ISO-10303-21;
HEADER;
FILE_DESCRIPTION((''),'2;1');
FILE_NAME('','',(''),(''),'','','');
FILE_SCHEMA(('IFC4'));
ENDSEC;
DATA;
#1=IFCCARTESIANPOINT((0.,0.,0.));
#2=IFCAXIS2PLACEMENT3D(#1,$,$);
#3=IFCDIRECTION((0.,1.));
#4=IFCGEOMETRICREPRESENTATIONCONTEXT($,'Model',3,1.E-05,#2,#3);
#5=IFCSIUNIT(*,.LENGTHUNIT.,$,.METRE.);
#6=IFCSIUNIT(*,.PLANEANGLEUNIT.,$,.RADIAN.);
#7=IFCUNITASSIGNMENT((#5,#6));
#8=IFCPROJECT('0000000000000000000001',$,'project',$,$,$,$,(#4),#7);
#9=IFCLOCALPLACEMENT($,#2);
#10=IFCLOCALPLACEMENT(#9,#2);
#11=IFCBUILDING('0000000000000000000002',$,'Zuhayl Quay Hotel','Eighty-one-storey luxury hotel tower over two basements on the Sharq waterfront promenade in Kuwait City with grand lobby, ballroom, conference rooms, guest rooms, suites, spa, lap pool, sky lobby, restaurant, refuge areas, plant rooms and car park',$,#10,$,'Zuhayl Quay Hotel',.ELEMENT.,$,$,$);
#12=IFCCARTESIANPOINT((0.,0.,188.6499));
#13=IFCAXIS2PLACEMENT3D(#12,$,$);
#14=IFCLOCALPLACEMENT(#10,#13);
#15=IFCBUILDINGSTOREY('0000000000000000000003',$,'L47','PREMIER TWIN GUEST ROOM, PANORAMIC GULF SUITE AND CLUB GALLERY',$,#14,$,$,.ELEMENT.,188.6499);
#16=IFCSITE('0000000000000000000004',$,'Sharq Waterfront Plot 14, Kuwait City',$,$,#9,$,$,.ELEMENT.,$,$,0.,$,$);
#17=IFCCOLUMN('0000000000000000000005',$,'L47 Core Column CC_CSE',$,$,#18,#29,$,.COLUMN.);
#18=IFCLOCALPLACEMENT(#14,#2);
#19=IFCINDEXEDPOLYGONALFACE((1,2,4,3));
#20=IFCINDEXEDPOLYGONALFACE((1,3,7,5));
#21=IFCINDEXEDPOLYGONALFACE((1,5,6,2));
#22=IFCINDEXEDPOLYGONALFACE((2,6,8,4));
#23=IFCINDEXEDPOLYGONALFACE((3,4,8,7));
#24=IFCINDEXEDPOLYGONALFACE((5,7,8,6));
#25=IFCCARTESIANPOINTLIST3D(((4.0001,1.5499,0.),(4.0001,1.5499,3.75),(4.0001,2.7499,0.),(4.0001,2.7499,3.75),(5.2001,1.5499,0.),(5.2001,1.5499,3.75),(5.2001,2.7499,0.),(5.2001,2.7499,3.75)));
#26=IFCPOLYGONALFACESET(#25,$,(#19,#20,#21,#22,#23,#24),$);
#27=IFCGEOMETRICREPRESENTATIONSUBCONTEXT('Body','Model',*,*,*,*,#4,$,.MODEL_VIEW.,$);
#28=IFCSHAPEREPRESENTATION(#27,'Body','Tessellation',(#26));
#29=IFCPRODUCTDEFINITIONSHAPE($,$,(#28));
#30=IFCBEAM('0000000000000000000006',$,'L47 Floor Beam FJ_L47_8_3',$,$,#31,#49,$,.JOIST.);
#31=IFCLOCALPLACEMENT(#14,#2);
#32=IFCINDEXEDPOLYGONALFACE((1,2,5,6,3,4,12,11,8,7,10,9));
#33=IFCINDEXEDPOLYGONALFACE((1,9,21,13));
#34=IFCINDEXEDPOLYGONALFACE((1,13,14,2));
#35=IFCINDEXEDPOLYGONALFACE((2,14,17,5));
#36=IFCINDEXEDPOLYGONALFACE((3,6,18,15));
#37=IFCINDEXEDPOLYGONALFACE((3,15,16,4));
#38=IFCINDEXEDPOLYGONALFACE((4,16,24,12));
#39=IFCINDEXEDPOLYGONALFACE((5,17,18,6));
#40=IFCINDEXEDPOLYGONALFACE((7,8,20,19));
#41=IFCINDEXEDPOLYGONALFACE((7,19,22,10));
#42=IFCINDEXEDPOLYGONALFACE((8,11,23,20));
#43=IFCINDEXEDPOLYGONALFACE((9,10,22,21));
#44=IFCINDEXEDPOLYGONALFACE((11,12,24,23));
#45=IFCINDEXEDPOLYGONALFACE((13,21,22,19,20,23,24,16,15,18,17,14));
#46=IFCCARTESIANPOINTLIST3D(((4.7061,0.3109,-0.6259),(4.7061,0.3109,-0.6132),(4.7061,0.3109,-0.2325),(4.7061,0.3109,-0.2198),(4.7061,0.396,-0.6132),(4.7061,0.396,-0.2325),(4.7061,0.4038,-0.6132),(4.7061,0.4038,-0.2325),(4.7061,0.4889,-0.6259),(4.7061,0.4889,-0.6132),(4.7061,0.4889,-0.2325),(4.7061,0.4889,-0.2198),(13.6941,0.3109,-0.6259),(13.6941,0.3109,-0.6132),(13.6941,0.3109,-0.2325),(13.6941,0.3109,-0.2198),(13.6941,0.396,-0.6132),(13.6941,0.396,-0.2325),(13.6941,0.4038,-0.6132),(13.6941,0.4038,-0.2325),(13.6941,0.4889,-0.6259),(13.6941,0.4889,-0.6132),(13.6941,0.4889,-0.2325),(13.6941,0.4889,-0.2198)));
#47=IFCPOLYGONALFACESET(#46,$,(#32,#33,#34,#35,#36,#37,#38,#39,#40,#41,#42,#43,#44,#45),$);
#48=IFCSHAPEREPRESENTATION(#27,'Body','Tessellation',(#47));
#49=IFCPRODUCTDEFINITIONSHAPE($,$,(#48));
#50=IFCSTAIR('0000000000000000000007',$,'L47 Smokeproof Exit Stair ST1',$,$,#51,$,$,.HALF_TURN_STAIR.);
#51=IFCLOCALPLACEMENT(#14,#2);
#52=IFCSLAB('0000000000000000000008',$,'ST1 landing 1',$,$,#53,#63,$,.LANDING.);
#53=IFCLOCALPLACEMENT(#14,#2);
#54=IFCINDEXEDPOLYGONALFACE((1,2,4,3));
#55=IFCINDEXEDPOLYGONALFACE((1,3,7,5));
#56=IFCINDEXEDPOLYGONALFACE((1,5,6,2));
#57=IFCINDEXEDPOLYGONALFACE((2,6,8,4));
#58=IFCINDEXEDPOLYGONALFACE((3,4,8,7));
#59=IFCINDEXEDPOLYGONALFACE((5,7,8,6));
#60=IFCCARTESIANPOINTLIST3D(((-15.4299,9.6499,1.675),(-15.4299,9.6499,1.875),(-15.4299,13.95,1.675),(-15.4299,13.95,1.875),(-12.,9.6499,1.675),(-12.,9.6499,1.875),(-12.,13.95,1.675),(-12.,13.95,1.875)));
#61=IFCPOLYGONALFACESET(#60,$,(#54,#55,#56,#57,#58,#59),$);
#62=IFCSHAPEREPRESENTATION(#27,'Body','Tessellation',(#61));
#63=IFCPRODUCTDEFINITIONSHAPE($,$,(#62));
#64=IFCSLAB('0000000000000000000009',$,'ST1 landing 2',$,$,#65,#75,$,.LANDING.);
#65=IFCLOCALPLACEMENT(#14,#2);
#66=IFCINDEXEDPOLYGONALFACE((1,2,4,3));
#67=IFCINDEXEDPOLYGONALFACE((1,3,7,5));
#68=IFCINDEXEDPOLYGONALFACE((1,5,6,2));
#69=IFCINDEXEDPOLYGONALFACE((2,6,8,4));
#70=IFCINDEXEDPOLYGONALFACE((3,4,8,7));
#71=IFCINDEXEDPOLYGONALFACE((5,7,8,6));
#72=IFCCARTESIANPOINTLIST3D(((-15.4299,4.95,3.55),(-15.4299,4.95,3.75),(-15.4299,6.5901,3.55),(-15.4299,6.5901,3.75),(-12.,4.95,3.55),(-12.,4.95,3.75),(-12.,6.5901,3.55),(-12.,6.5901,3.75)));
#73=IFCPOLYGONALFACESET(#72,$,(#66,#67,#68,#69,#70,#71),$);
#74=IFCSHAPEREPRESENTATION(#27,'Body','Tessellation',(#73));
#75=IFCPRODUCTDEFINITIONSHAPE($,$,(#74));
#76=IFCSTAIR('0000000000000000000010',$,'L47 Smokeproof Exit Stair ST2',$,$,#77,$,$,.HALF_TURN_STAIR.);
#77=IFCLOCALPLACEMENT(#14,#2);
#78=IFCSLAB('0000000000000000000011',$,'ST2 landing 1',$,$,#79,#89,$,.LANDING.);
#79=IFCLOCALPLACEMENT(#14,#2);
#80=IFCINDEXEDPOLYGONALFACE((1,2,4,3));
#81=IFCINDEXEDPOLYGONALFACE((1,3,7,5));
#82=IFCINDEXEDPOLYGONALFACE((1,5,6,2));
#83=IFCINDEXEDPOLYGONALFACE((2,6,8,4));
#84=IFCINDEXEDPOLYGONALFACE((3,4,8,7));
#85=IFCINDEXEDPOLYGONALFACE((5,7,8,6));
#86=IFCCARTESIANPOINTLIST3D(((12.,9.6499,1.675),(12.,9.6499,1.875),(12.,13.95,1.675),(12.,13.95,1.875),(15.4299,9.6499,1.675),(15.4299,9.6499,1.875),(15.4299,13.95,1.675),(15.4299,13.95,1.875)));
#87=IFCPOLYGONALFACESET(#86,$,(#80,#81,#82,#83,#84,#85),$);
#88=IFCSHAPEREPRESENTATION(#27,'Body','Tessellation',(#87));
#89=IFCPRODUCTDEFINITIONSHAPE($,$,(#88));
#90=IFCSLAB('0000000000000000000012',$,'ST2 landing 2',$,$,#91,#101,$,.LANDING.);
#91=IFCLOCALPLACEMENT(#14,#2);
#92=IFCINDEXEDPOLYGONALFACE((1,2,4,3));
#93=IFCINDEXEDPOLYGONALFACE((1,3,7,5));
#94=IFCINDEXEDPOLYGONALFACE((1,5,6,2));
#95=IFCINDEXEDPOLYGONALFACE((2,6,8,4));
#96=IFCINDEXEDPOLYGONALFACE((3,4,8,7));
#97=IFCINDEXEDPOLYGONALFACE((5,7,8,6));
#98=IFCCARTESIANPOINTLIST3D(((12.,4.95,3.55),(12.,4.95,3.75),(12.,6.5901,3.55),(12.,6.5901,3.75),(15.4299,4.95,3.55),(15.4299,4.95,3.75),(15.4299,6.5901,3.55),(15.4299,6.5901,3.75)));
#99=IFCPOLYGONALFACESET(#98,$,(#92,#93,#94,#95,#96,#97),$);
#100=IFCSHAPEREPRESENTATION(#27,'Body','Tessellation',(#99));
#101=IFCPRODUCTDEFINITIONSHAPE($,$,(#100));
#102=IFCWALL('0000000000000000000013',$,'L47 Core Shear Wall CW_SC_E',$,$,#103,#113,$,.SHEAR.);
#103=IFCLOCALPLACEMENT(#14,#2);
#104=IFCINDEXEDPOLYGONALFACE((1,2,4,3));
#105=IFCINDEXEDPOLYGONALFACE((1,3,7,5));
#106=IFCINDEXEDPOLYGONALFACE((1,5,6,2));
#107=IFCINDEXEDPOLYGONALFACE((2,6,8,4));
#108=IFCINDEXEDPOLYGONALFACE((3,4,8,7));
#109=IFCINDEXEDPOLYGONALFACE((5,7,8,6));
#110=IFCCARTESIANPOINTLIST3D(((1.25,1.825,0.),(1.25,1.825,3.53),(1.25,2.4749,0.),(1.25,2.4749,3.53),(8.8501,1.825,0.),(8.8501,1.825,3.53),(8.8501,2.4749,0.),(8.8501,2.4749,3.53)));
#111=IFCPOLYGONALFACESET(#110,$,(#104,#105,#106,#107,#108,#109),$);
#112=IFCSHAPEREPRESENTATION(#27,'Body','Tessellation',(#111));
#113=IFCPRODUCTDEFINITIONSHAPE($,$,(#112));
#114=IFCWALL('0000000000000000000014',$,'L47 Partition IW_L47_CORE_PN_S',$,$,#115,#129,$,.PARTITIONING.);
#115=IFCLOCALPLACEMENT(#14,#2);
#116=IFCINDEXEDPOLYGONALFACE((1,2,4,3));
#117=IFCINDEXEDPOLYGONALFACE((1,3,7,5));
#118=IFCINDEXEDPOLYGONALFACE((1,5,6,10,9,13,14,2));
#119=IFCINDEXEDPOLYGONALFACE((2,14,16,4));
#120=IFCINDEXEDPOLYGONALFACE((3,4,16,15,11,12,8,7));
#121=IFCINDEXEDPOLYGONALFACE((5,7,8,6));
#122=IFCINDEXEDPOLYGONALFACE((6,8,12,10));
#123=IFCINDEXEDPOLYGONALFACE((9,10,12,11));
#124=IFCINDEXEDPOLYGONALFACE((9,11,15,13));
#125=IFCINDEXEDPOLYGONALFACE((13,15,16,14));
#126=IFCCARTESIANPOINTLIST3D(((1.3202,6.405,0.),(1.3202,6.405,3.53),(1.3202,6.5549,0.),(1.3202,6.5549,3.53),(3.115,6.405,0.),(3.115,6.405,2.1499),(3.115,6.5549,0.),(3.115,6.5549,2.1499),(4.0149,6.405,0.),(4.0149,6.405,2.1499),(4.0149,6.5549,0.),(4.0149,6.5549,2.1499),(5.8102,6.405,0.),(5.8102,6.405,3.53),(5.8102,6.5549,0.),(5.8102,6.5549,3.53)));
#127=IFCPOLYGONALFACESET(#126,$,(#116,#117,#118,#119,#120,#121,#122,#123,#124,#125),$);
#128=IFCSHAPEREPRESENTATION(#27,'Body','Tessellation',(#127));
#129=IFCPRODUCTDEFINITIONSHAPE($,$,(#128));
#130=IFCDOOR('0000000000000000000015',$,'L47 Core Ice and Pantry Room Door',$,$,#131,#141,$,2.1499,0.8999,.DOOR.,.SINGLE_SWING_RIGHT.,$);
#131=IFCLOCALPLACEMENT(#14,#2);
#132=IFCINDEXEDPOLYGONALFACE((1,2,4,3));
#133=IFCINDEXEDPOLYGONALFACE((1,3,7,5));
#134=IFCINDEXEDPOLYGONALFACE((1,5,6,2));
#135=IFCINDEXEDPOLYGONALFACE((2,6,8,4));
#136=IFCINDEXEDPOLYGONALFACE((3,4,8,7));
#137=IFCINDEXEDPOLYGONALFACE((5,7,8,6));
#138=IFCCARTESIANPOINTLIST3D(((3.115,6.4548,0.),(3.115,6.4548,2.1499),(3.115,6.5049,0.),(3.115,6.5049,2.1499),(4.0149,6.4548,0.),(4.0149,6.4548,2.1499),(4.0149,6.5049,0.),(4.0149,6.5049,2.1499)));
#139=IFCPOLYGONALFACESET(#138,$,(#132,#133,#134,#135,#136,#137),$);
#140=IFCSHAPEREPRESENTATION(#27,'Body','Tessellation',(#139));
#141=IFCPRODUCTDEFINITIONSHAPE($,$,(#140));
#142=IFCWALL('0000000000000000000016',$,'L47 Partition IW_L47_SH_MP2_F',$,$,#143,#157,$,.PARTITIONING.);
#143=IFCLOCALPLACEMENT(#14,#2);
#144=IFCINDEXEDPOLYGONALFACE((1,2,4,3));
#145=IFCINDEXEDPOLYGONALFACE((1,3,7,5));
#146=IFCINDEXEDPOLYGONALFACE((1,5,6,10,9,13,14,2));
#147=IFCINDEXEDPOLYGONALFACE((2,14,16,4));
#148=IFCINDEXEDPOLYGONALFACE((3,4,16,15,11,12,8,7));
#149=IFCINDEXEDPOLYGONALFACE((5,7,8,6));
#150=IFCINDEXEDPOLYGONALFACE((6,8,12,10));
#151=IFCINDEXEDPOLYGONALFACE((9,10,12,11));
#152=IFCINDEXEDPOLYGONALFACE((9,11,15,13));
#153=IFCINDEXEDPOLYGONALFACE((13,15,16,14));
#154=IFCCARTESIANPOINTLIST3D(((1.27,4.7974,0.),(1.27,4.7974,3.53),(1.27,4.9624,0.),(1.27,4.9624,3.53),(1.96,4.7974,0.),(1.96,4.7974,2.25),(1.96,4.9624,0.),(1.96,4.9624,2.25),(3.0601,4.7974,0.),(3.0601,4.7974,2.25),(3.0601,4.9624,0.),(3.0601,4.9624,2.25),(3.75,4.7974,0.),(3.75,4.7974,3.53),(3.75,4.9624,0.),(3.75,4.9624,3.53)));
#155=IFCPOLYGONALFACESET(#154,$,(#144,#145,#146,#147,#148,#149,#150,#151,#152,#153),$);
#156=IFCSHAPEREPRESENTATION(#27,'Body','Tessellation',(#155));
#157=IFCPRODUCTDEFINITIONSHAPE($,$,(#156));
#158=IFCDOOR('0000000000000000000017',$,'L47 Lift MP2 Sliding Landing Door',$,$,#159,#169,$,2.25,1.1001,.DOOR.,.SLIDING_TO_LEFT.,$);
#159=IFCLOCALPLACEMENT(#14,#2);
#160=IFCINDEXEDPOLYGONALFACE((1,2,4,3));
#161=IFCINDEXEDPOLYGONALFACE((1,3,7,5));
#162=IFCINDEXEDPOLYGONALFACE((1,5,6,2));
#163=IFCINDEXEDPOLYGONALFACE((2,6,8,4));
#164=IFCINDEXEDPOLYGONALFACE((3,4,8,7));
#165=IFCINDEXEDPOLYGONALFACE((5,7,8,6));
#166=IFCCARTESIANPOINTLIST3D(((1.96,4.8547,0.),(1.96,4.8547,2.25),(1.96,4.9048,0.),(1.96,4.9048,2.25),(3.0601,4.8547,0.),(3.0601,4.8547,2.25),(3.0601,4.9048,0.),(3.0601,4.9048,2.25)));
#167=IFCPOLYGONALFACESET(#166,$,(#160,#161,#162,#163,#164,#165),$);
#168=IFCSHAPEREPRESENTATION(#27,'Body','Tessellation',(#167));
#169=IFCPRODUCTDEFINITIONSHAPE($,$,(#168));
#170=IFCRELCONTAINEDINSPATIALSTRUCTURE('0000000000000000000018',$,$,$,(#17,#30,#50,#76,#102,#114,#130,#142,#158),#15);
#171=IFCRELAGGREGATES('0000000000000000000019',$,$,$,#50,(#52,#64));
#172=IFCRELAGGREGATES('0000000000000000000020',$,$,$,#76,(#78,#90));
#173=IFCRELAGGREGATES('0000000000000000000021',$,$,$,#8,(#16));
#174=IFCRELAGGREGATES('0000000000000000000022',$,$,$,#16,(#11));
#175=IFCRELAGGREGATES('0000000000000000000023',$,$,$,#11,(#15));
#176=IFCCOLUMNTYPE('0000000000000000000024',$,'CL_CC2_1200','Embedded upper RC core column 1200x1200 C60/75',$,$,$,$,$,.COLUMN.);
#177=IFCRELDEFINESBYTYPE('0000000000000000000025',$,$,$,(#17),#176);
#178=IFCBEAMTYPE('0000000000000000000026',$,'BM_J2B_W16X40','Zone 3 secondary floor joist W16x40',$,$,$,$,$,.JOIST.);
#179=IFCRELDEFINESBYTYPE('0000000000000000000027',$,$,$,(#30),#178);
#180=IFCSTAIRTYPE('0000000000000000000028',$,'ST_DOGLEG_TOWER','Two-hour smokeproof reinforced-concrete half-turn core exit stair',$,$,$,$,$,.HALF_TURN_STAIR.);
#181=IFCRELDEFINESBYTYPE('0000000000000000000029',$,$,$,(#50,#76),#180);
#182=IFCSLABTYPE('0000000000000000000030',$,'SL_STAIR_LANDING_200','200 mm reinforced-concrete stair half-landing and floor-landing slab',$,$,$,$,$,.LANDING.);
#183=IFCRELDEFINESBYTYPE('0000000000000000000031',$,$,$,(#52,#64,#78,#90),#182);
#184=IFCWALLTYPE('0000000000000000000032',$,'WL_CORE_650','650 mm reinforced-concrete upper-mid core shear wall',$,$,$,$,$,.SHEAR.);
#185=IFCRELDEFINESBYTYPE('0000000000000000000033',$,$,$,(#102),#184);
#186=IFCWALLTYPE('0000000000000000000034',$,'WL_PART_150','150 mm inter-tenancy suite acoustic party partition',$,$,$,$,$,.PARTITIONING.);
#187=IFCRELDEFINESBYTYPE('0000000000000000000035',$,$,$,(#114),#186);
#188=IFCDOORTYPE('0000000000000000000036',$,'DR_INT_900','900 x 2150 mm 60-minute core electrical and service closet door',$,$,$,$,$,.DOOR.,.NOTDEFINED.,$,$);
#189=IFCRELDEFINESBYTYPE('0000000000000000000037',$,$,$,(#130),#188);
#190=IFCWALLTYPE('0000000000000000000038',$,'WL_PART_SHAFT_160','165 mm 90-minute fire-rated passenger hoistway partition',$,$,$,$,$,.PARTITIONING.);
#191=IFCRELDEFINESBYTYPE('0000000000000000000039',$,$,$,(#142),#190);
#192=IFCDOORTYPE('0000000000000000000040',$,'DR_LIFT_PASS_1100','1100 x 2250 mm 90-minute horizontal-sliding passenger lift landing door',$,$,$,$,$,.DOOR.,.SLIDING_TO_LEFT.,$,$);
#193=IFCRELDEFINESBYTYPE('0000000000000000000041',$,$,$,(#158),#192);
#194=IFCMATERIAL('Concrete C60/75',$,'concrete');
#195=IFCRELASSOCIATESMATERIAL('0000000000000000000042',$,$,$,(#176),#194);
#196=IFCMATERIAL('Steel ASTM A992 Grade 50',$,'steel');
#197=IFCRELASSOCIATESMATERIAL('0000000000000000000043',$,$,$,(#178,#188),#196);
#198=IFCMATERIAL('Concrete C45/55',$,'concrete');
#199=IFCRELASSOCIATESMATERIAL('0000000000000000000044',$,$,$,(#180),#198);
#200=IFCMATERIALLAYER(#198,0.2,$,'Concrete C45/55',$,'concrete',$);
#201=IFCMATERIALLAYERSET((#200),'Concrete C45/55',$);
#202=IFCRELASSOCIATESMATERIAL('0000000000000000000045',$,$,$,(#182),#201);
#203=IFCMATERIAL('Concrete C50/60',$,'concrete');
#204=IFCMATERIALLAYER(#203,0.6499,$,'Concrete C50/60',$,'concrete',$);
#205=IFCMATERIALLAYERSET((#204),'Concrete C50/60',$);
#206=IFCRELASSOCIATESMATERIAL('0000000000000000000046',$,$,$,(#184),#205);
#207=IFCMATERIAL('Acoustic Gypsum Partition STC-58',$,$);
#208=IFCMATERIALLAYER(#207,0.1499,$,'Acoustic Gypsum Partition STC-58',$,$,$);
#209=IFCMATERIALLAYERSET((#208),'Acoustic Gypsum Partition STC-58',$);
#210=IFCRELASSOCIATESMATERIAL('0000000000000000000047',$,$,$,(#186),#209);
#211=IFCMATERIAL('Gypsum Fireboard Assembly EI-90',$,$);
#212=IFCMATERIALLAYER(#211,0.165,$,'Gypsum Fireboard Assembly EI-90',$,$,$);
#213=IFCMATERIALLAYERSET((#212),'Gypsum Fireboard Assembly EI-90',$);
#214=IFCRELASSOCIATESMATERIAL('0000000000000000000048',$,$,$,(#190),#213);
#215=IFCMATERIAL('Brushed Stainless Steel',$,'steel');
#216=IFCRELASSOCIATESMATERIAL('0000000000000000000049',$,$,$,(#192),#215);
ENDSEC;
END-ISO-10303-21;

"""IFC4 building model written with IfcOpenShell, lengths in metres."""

from ifc_helpers import new_model, si_unit, direction, frame, frame_2d, origin, origin_2d, place, context, subcontext, project, spatial, polyline, rectangle, i_section, outline, extrude, material, layer, layer_set, material_profile, profile_set, type_object, element, fill, aggregate, save


model = new_model("IFC4")

# Units and contexts
model_context = context("Model", 3, precision=1e-05, world=origin(), true_north=direction((0.0, 1.0)))
body_context = subcontext(model_context, "Body", "Model", "MODEL_VIEW")
ifc_project = project(units=[si_unit("LENGTHUNIT", "METRE"), si_unit("PLANEANGLEUNIT", "RADIAN")], contexts=[model_context])

# Site, building, storey
site_placement = place(None, origin())
site = spatial("IfcSite", under=ifc_project, at=site_placement, Name="Sharq Waterfront Plot 14, Kuwait City", CompositionType="ELEMENT", RefElevation=0.0)
building_placement = place(site_placement, origin())
building = spatial("IfcBuilding", under=site, at=building_placement, Name="Zuhayl Quay Hotel", Description="Eighty-one-storey luxury hotel tower over two basements on the Sharq waterfront promenade in Kuwait City with grand lobby, ballroom, conference rooms, guest rooms, suites, spa, lap pool, sky lobby, restaurant, refuge areas, plant rooms and car park", LongName="Zuhayl Quay Hotel", CompositionType="ELEMENT")
storey_placement = place(building_placement, frame((0.0, 0.0, 188.6499)))
storey = spatial("IfcBuildingStorey", under=building, at=storey_placement, Name="L47", Description="PREMIER TWIN GUEST ROOM, PANORAMIC GULF SUITE AND CLUB GALLERY", CompositionType="ELEMENT", Elevation=188.6499)

# Column
ifc_material_1 = material(Name="Concrete C60/75", Category="concrete")
ifc_material_profile_1 = material_profile(ifc_material_1, rectangle(XDim=1.2, YDim=1.2, at=origin_2d()), Name="RC1200X1200")
ifc_profile_set_1 = profile_set([ifc_material_profile_1], Name="Concrete C60/75")
column_type = type_object("IfcColumnType", Name="CL_CC2_1200", Description="Embedded upper RC core column 1200x1200 C60/75", PredefinedType="COLUMN", material=ifc_profile_set_1)
column_placement = place(storey_placement, frame((4.6001, 2.1499, 0.0), z_axis=(0.0, 0.0, 1.0), x_axis=(1.0, 0.0, 0.0)))
element("IfcColumn", 1, at=column_placement, inside=storey, type_object=column_type, Name="L47 Core Column CC_CSE", PredefinedType="COLUMN", context=body_context, shape_type="SweptSolid", body=[
    extrude(rectangle(XDim=1.2, YDim=1.2, at=origin_2d()), origin(), (0.0, 0.0, 1.0), 3.75),
])

# Beam
ifc_material_2 = material(Name="Steel ASTM A992 Grade 50", Category="steel")
ifc_material_profile_2 = material_profile(ifc_material_2, i_section(OverallWidth=0.178, OverallDepth=0.406, WebThickness=0.0078, FlangeThickness=0.0127, at=origin_2d()), Name="W16X40")
ifc_profile_set_2 = profile_set([ifc_material_profile_2], Name="Steel ASTM A992 Grade 50")
beam_type = type_object("IfcBeamType", Name="BM_J2B_W16X40", Description="Zone 3 secondary floor joist W16x40", PredefinedType="JOIST", material=ifc_profile_set_2)
beam_placement = place(storey_placement, frame((4.7061, 0.3999, -0.4229), z_axis=(1.0, 0.0, 0.0), x_axis=(0.0, 1.0, 0.0)))
element("IfcBeam", 2, at=beam_placement, inside=storey, type_object=beam_type, Name="L47 Floor Beam FJ_L47_8_3", PredefinedType="JOIST", context=body_context, shape_type="SweptSolid", body=[
    extrude(i_section(OverallWidth=0.178, OverallDepth=0.406, WebThickness=0.0078, FlangeThickness=0.0127, at=origin_2d()), origin(), (0.0, 0.0, 1.0), 8.988),
])

# Stairs, slabs
ifc_material_3 = material(Name="Concrete C45/55", Category="concrete")
stair_type = type_object("IfcStairType", Name="ST_DOGLEG_TOWER", Description="Two-hour smokeproof reinforced-concrete half-turn core exit stair", PredefinedType="HALF_TURN_STAIR", material=ifc_material_3)
stair_1_placement = place(storey_placement, origin())
stair_1 = element("IfcStair", 3, at=stair_1_placement, inside=storey, type_object=stair_type, Name="L47 Smokeproof Exit Stair ST1", PredefinedType="HALF_TURN_STAIR")
ifc_layer_1 = layer(ifc_material_3, 0.2, Name="Concrete C45/55", Category="concrete")
ifc_layer_set_1 = layer_set([ifc_layer_1], Name="Concrete C45/55")
slab_type = type_object("IfcSlabType", Name="SL_STAIR_LANDING_200", Description="200 mm reinforced-concrete stair half-landing and floor-landing slab", PredefinedType="LANDING", material=ifc_layer_set_1)
slab_1_placement = place(storey_placement, frame((0.0, 0.0, 1.675)))
slab_1 = element("IfcSlab", 4, at=slab_1_placement, type_object=slab_type, Name="ST1 landing 1", PredefinedType="LANDING", context=body_context, shape_type="SweptSolid", body=[
    extrude(outline(polyline([(-12.0, 9.6499), (-12.0, 13.95), (-15.4299, 13.95), (-15.4299, 9.6499), (-12.0, 9.6499)])), origin(), (0.0, 0.0, 1.0), 0.2),
])
slab_2_placement = place(storey_placement, frame((0.0, 0.0, 3.55)))
slab_2 = element("IfcSlab", 5, at=slab_2_placement, type_object=slab_type, Name="ST1 landing 2", PredefinedType="LANDING", context=body_context, shape_type="SweptSolid", body=[
    extrude(outline(polyline([(-12.0, 4.95), (-12.0, 6.5901), (-15.4299, 6.5901), (-15.4299, 4.95), (-12.0, 4.95)])), origin(), (0.0, 0.0, 1.0), 0.2),
])
aggregate(stair_1, [slab_1, slab_2])
stair_2_placement = place(storey_placement, origin())
stair_2 = element("IfcStair", 6, at=stair_2_placement, inside=storey, type_object=stair_type, Name="L47 Smokeproof Exit Stair ST2", PredefinedType="HALF_TURN_STAIR")
slab_3_placement = place(storey_placement, frame((0.0, 0.0, 1.675)))
slab_3 = element("IfcSlab", 7, at=slab_3_placement, type_object=slab_type, Name="ST2 landing 1", PredefinedType="LANDING", context=body_context, shape_type="SweptSolid", body=[
    extrude(outline(polyline([(15.4299, 9.6499), (15.4299, 13.95), (12.0, 13.95), (12.0, 9.6499), (15.4299, 9.6499)])), origin(), (0.0, 0.0, 1.0), 0.2),
])
slab_4_placement = place(storey_placement, frame((0.0, 0.0, 3.55)))
slab_4 = element("IfcSlab", 8, at=slab_4_placement, type_object=slab_type, Name="ST2 landing 2", PredefinedType="LANDING", context=body_context, shape_type="SweptSolid", body=[
    extrude(outline(polyline([(15.4299, 4.95), (15.4299, 6.5901), (12.0, 6.5901), (12.0, 4.95), (15.4299, 4.95)])), origin(), (0.0, 0.0, 1.0), 0.2),
])
aggregate(stair_2, [slab_3, slab_4])

# Wall
ifc_material_4 = material(Name="Concrete C50/60", Category="concrete")
ifc_layer_2 = layer(ifc_material_4, 0.6499, Name="Concrete C50/60", Category="concrete")
ifc_layer_set_2 = layer_set([ifc_layer_2], Name="Concrete C50/60")
wall_type_1 = type_object("IfcWallType", Name="WL_CORE_650", Description="650 mm reinforced-concrete upper-mid core shear wall", PredefinedType="SHEAR", material=ifc_layer_set_2)
wall_1_placement = place(storey_placement, frame((1.25, 2.1499, 0.0), z_axis=(0.0, 0.0, 1.0), x_axis=(1.0, 0.0, 0.0)))
element("IfcWall", 9, at=wall_1_placement, inside=storey, type_object=wall_type_1, Name="L47 Core Shear Wall CW_SC_E", PredefinedType="SHEAR", context=body_context, shape_type="SweptSolid", body=[
    extrude(rectangle(XDim=7.6001, YDim=0.6499, at=frame_2d((3.8, 0.0))), origin(), (0.0, 0.0, 1.0), 3.53),
])

# Walls, openings, doors
ifc_material_5 = material(Name="Acoustic Gypsum Partition STC-58")
ifc_layer_3 = layer(ifc_material_5, 0.1499, Name="Acoustic Gypsum Partition STC-58")
ifc_layer_set_3 = layer_set([ifc_layer_3], Name="Acoustic Gypsum Partition STC-58")
wall_type_2 = type_object("IfcWallType", Name="WL_PART_150", Description="150 mm inter-tenancy suite acoustic party partition", PredefinedType="PARTITIONING", material=ifc_layer_set_3)
wall_2_placement = place(storey_placement, frame((1.3201, 6.48, 0.0), z_axis=(0.0, 0.0, 1.0), x_axis=(1.0, 0.0, 0.0)))
wall_2 = element("IfcWall", 10, at=wall_2_placement, inside=storey, type_object=wall_type_2, Name="L47 Partition IW_L47_CORE_PN_S", PredefinedType="PARTITIONING", context=body_context, shape_type="SweptSolid", body=[
    extrude(rectangle(XDim=4.49, YDim=0.1499, at=frame_2d((2.2451, 0.0))), origin(), (0.0, 0.0, 1.0), 3.53),
])
opening_1_placement = place(wall_2_placement, frame((1.7949, 0.0, 0.0)))
opening_1 = element("IfcOpeningElement", 11, at=opening_1_placement, cuts=wall_2, PredefinedType="OPENING", context=body_context, shape_type="SweptSolid", body=[
    extrude(rectangle(XDim=0.8999, YDim=2.1499, at=frame_2d((0.45, 1.075))), frame((0.0, 0.085, 0.0), z_axis=(0.0, -1.0, 0.0), x_axis=(1.0, 0.0, 0.0)), (0.0, 0.0, 1.0), 0.1699),
])
door_type_1 = type_object("IfcDoorType", Name="DR_INT_900", Description="900 x 2150 mm 60-minute core electrical and service closet door", OperationType="NOTDEFINED", PredefinedType="DOOR", material=ifc_material_2)
door_1_placement = place(opening_1_placement, origin())
door_1 = element("IfcDoor", 12, at=door_1_placement, inside=storey, type_object=door_type_1, Name="L47 Core Ice and Pantry Room Door", OperationType="SINGLE_SWING_RIGHT", OverallHeight=2.1499, OverallWidth=0.8999, PredefinedType="DOOR", context=body_context, shape_type="SweptSolid", body=[
    extrude(rectangle(XDim=0.8999, YDim=2.1499, at=frame_2d((0.45, 1.075))), frame((0.0, 0.0249, 0.0), z_axis=(0.0, -1.0, 0.0), x_axis=(1.0, 0.0, 0.0)), (0.0, 0.0, 1.0), 0.05),
])
fill(opening_1, door_1)
ifc_material_6 = material(Name="Gypsum Fireboard Assembly EI-90")
ifc_layer_4 = layer(ifc_material_6, 0.165, Name="Gypsum Fireboard Assembly EI-90")
ifc_layer_set_4 = layer_set([ifc_layer_4], Name="Gypsum Fireboard Assembly EI-90")
wall_type_3 = type_object("IfcWallType", Name="WL_PART_SHAFT_160", Description="165 mm 90-minute fire-rated passenger hoistway partition", PredefinedType="PARTITIONING", material=ifc_layer_set_4)
wall_3_placement = place(storey_placement, frame((1.27, 4.8799, 0.0), z_axis=(0.0, 0.0, 1.0), x_axis=(1.0, 0.0, 0.0)))
wall_3 = element("IfcWall", 13, at=wall_3_placement, inside=storey, type_object=wall_type_3, Name="L47 Partition IW_L47_SH_MP2_F", PredefinedType="PARTITIONING", context=body_context, shape_type="SweptSolid", body=[
    extrude(rectangle(XDim=2.48, YDim=0.165, at=frame_2d((1.24, 0.0))), origin(), (0.0, 0.0, 1.0), 3.53),
])
opening_2_placement = place(wall_3_placement, frame((0.6899, 0.0, 0.0)))
opening_2 = element("IfcOpeningElement", 14, at=opening_2_placement, cuts=wall_3, PredefinedType="OPENING", context=body_context, shape_type="SweptSolid", body=[
    extrude(rectangle(XDim=1.1001, YDim=2.25, at=frame_2d((0.55, 1.125))), frame((0.0, 0.0925, 0.0), z_axis=(0.0, -1.0, 0.0), x_axis=(1.0, 0.0, 0.0)), (0.0, 0.0, 1.0), 0.1851),
])
ifc_material_7 = material(Name="Brushed Stainless Steel", Category="steel")
door_type_2 = type_object("IfcDoorType", Name="DR_LIFT_PASS_1100", Description="1100 x 2250 mm 90-minute horizontal-sliding passenger lift landing door", OperationType="SLIDING_TO_LEFT", PredefinedType="DOOR", material=ifc_material_7)
door_2_placement = place(opening_2_placement, origin())
door_2 = element("IfcDoor", 15, at=door_2_placement, inside=storey, type_object=door_type_2, Name="L47 Lift MP2 Sliding Landing Door", OperationType="SLIDING_TO_LEFT", OverallHeight=2.25, OverallWidth=1.1001, PredefinedType="DOOR", context=body_context, shape_type="SweptSolid", body=[
    extrude(rectangle(XDim=1.1001, YDim=2.25, at=frame_2d((0.55, 1.125))), frame((0.0, 0.0249, 0.0), z_axis=(0.0, -1.0, 0.0), x_axis=(1.0, 0.0, 0.0)), (0.0, 0.0, 1.0), 0.05),
])
fill(opening_2, door_2)

save(model, "model.ifc")
